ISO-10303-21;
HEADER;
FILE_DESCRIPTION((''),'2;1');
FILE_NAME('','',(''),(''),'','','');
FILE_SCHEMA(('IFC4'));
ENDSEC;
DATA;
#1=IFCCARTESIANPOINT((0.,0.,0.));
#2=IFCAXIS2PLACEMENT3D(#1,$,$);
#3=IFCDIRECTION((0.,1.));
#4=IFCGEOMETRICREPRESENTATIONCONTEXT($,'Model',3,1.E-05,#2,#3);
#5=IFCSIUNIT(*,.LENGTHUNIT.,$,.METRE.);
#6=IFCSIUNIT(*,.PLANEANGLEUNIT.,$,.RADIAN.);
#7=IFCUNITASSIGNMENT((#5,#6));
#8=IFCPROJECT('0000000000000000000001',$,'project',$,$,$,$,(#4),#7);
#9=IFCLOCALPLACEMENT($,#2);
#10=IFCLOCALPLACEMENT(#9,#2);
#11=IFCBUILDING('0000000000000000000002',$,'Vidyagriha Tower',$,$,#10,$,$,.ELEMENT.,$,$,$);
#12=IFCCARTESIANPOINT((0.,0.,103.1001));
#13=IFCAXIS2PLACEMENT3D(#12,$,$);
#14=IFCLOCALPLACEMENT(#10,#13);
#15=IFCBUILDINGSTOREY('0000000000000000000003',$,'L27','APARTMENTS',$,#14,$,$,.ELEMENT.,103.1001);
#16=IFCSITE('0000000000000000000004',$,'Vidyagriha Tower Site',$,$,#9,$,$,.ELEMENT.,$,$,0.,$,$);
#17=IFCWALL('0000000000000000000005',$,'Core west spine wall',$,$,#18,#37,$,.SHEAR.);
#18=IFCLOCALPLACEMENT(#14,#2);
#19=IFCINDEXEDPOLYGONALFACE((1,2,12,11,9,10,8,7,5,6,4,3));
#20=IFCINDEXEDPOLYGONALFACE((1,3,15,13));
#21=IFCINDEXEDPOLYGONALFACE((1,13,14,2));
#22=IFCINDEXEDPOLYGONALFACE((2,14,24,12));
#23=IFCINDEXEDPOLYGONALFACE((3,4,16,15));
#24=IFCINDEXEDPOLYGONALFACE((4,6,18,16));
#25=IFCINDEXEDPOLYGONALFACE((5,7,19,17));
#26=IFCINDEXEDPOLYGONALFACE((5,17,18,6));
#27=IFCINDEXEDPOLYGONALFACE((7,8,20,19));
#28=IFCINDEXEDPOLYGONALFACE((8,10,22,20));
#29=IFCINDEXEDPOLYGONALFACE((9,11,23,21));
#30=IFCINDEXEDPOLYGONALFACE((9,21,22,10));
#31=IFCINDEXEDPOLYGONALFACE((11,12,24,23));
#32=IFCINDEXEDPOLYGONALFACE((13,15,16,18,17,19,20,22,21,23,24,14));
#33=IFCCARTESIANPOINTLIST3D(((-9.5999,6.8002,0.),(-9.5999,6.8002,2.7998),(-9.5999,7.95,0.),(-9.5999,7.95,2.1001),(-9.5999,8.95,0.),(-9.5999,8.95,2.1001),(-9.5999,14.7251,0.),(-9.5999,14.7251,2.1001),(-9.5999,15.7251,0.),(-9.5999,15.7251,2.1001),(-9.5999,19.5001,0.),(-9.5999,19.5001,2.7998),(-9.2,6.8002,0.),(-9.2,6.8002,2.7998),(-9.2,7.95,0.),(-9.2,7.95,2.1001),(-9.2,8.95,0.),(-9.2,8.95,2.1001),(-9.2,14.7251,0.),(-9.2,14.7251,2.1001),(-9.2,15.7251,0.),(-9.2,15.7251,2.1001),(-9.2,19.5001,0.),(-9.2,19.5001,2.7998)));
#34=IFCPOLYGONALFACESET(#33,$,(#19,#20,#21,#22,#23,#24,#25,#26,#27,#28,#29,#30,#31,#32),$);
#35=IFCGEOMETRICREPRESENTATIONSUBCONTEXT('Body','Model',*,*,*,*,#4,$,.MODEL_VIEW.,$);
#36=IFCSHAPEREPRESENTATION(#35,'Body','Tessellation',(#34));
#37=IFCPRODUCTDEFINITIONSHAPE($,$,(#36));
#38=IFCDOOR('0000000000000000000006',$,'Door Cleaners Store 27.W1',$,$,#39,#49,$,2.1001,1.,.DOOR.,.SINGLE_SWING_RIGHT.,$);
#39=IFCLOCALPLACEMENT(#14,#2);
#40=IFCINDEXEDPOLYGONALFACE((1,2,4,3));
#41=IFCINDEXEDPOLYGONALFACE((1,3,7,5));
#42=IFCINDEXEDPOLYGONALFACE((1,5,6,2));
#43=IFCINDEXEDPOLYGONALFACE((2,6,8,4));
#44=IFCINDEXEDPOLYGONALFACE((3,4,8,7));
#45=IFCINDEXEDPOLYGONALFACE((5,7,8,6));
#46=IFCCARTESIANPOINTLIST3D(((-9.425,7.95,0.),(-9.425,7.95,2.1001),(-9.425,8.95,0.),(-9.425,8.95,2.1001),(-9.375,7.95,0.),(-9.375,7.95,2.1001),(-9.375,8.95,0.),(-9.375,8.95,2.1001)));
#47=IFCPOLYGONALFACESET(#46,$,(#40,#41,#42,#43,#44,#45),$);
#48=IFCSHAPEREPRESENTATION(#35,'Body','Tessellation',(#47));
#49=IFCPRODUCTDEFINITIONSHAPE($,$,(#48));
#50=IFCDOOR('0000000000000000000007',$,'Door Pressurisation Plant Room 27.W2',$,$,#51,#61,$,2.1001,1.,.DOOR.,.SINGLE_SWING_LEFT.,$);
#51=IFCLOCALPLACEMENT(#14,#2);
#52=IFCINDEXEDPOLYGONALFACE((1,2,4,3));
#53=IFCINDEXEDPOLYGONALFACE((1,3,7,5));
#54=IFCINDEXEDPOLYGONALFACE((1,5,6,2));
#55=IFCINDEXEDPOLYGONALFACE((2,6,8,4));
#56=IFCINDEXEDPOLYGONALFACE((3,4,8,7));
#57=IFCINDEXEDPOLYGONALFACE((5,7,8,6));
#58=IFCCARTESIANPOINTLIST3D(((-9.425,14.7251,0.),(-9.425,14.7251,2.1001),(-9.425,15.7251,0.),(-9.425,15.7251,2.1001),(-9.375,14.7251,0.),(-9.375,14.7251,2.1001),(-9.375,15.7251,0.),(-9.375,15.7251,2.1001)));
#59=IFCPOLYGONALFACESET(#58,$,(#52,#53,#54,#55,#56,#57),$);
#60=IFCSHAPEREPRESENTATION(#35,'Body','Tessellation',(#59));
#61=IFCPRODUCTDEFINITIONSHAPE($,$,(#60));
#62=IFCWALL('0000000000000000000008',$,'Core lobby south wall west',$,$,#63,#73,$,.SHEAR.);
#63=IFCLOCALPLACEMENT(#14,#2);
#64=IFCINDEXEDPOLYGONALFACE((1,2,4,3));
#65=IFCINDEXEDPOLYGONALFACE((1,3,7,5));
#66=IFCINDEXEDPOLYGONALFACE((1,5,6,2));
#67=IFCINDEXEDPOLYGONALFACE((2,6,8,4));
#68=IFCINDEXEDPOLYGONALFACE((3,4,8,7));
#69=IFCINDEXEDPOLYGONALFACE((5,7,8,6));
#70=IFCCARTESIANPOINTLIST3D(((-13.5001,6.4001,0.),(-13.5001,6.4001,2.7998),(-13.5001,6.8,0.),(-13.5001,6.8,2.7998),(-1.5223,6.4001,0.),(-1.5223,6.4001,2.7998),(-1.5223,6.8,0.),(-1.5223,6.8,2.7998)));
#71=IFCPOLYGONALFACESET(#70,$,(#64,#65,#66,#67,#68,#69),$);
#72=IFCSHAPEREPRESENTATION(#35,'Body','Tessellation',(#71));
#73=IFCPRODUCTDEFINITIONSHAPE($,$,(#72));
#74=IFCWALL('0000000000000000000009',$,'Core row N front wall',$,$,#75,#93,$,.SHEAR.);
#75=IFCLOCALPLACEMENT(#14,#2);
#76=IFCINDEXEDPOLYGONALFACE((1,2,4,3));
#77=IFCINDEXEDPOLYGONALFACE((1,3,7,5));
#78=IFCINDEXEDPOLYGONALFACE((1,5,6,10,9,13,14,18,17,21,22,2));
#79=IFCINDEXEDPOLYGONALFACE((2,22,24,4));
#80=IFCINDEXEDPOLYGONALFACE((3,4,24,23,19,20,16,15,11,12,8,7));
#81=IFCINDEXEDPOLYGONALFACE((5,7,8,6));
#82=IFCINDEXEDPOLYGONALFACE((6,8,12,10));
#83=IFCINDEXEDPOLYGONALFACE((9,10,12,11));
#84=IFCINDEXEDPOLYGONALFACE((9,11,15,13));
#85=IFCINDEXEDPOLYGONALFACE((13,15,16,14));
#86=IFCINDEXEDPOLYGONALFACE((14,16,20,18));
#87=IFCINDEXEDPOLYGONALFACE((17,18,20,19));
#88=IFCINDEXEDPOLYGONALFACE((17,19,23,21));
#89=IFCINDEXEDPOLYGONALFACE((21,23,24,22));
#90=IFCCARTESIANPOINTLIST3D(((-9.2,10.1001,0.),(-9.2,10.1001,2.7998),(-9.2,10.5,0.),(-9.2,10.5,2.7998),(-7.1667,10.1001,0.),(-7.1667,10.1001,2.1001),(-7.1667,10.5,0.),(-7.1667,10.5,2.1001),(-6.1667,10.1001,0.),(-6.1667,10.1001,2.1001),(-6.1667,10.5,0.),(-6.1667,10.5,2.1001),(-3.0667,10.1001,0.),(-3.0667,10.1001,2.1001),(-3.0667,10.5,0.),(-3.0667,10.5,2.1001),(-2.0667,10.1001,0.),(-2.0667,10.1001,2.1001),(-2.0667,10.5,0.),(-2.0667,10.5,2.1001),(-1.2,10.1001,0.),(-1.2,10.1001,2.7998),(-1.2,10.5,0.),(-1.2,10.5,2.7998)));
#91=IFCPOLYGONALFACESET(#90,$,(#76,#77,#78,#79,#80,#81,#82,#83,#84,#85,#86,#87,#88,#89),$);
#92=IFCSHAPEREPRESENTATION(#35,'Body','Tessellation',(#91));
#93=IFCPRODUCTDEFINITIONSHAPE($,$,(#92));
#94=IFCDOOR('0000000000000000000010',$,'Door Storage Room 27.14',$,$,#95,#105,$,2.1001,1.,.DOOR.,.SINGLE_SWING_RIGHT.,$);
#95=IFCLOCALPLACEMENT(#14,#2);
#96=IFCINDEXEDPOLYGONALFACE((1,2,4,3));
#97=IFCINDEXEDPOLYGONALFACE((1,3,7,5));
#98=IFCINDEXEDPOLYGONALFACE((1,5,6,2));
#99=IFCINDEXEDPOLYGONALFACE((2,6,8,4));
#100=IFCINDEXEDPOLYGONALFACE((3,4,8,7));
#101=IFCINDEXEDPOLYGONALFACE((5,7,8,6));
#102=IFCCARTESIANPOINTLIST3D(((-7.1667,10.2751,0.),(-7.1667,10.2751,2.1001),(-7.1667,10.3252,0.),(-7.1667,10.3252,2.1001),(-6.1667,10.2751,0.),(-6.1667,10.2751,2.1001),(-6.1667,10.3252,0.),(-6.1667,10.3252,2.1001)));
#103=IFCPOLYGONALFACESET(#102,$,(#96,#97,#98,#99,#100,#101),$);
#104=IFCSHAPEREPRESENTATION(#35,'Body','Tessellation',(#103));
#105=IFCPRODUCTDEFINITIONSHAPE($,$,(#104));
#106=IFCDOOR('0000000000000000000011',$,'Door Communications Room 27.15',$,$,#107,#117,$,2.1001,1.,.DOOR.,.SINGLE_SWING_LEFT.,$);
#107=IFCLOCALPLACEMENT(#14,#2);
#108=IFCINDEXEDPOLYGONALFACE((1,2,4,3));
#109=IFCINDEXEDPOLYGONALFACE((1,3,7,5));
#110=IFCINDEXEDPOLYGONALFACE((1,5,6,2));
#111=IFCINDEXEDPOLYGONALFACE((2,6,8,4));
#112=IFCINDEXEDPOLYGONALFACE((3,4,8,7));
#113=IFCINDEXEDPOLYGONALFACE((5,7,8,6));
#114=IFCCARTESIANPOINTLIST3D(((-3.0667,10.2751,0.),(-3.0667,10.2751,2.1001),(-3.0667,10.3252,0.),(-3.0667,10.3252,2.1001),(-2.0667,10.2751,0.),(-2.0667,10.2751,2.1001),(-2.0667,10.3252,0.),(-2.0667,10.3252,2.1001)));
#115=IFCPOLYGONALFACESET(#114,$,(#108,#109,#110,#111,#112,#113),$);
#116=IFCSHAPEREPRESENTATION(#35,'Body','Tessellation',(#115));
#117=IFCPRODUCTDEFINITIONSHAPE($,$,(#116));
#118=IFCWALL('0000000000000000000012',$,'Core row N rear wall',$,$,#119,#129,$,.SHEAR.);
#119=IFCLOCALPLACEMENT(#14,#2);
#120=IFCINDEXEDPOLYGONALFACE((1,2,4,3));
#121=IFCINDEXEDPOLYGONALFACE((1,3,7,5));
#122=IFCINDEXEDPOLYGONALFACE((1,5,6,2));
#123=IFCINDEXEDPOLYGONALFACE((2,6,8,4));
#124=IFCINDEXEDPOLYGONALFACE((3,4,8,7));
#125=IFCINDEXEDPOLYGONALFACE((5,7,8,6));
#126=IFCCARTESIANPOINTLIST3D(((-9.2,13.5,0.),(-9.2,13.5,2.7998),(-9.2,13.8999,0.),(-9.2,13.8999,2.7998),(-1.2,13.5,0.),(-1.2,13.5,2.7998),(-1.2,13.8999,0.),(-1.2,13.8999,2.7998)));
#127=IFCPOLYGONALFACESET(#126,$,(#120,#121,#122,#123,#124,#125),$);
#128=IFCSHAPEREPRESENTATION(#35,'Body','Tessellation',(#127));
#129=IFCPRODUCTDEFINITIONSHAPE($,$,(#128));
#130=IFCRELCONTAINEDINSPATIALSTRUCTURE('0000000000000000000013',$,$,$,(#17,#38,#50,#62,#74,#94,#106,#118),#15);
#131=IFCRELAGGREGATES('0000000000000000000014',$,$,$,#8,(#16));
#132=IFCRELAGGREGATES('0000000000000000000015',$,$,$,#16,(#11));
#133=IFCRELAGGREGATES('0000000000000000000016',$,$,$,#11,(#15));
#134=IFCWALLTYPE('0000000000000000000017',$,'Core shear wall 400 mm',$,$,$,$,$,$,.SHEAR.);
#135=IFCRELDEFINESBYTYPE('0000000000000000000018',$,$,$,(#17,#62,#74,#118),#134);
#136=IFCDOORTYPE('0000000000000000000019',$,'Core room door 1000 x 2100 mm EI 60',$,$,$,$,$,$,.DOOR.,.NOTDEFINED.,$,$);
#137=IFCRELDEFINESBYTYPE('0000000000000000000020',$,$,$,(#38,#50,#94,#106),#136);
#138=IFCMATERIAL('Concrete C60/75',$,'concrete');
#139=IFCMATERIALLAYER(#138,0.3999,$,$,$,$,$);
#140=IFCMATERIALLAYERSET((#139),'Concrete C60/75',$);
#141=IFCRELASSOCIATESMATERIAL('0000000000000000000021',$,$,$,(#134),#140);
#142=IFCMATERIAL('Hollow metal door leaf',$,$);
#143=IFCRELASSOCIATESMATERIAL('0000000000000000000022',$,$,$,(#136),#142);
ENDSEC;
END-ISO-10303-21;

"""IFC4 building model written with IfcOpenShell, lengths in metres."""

from ifc_helpers import new_model, si_unit, direction, frame, frame_2d, origin, place, context, subcontext, project, spatial, rectangle, extrude, material, layer, layer_set, type_object, element, fill, save


model = new_model("IFC4")

# Units and contexts
model_context = context("Model", 3, precision=1e-05, world=origin(), true_north=direction((0.0, 1.0)))
body_context = subcontext(model_context, "Body", "Model", "MODEL_VIEW")
ifc_project = project(units=[si_unit("LENGTHUNIT", "METRE"), si_unit("PLANEANGLEUNIT", "RADIAN")], contexts=[model_context])

# Site, building, storey
site_placement = place(None, origin())
site = spatial("IfcSite", under=ifc_project, at=site_placement, Name="Vidyagriha Tower Site", CompositionType="ELEMENT", RefElevation=0.0)
building_placement = place(site_placement, origin())
building = spatial("IfcBuilding", under=site, at=building_placement, Name="Vidyagriha Tower", CompositionType="ELEMENT")
storey_placement = place(building_placement, frame((0.0, 0.0, 103.1001)))
storey = spatial("IfcBuildingStorey", under=building, at=storey_placement, Name="L27", Description="APARTMENTS", CompositionType="ELEMENT", Elevation=103.1001)

# Wall, openings, doors
ifc_material_1 = material(Name="Concrete C60/75", Category="concrete")
ifc_layer_1 = layer(ifc_material_1, 0.3999)
ifc_layer_set_1 = layer_set([ifc_layer_1], Name="Concrete C60/75")
wall_type_1 = type_object("IfcWallType", Name="Core shear wall 400 mm", PredefinedType="SHEAR", material=ifc_layer_set_1)
wall_1_placement = place(storey_placement, frame((-9.3999, 6.8, 0.0), z_axis=(0.0, 0.0, 1.0), x_axis=(0.0, 1.0, 0.0)))
wall_1 = element("IfcWall", 1, at=wall_1_placement, inside=storey, type_object=wall_type_1, Name="Core west spine wall", PredefinedType="SHEAR", context=body_context, shape_type="SweptSolid", body=[
    extrude(rectangle(XDim=12.7, YDim=0.3999, at=frame_2d((6.3501, 0.0))), origin(), (0.0, 0.0, 1.0), 2.7998),
])
opening_1_placement = place(wall_1_placement, frame((1.1499, 0.0, 0.0)))
opening_1 = element("IfcOpeningElement", 2, at=opening_1_placement, cuts=wall_1, PredefinedType="OPENING", context=body_context, shape_type="SweptSolid", body=[
    extrude(rectangle(XDim=1.0, YDim=2.1001, at=frame_2d((0.5, 1.05))), frame((0.0, 0.21, 0.0), z_axis=(0.0, -1.0, 0.0), x_axis=(1.0, 0.0, 0.0)), (0.0, 0.0, 1.0), 0.4199),
])
opening_2_placement = place(wall_1_placement, frame((7.925, 0.0, 0.0)))
opening_2 = element("IfcOpeningElement", 3, at=opening_2_placement, cuts=wall_1, PredefinedType="OPENING", context=body_context, shape_type="SweptSolid", body=[
    extrude(rectangle(XDim=1.0, YDim=2.1001, at=frame_2d((0.5, 1.05))), frame((0.0, 0.21, 0.0), z_axis=(0.0, -1.0, 0.0), x_axis=(1.0, 0.0, 0.0)), (0.0, 0.0, 1.0), 0.4199),
])
ifc_material_2 = material(Name="Hollow metal door leaf")
door_type_1 = type_object("IfcDoorType", Name="Core room door 1000 x 2100 mm EI 60", OperationType="NOTDEFINED", PredefinedType="DOOR", material=ifc_material_2)
door_1_placement = place(opening_1_placement, frame((1.0, 0.0, 0.0), z_axis=(0.0, 0.0, 1.0), x_axis=(-1.0, 0.0, 0.0)))
door_1 = element("IfcDoor", 4, at=door_1_placement, inside=storey, type_object=door_type_1, Name="Door Cleaners Store 27.W1", OperationType="SINGLE_SWING_RIGHT", OverallHeight=2.1001, OverallWidth=1.0, PredefinedType="DOOR", context=body_context, shape_type="SweptSolid", body=[
    extrude(rectangle(XDim=1.0, YDim=2.1001, at=frame_2d((0.5, 1.05))), frame((0.0, 0.0249, 0.0), z_axis=(0.0, -1.0, 0.0), x_axis=(1.0, 0.0, 0.0)), (0.0, 0.0, 1.0), 0.05),
])
fill(opening_1, door_1)
door_2_placement = place(opening_2_placement, frame((1.0, 0.0, 0.0), z_axis=(0.0, 0.0, 1.0), x_axis=(-1.0, 0.0, 0.0)))
door_2 = element("IfcDoor", 5, at=door_2_placement, inside=storey, type_object=door_type_1, Name="Door Pressurisation Plant Room 27.W2", OperationType="SINGLE_SWING_LEFT", OverallHeight=2.1001, OverallWidth=1.0, PredefinedType="DOOR", context=body_context, shape_type="SweptSolid", body=[
    extrude(rectangle(XDim=1.0, YDim=2.1001, at=frame_2d((0.5, 1.05))), frame((0.0, 0.0249, 0.0), z_axis=(0.0, -1.0, 0.0), x_axis=(1.0, 0.0, 0.0)), (0.0, 0.0, 1.0), 0.05),
])
fill(opening_2, door_2)

# Wall
wall_2_placement = place(storey_placement, frame((-13.5, 6.6001, 0.0)))
element("IfcWall", 6, at=wall_2_placement, inside=storey, type_object=wall_type_1, Name="Core lobby south wall west", PredefinedType="SHEAR", context=body_context, shape_type="SweptSolid", body=[
    extrude(rectangle(XDim=11.9778, YDim=0.3999, at=frame_2d((5.9888, 0.0))), origin(), (0.0, 0.0, 1.0), 2.7998),
])

# Wall, openings, doors
wall_3_placement = place(storey_placement, frame((-9.2, 10.3, 0.0)))
wall_3 = element("IfcWall", 7, at=wall_3_placement, inside=storey, type_object=wall_type_1, Name="Core row N front wall", PredefinedType="SHEAR", context=body_context, shape_type="SweptSolid", body=[
    extrude(rectangle(XDim=8.0, YDim=0.3999, at=frame_2d((4.0, 0.0))), origin(), (0.0, 0.0, 1.0), 2.7998),
])
opening_3_placement = place(wall_3_placement, frame((2.0332, 0.0, 0.0)))
opening_3 = element("IfcOpeningElement", 8, at=opening_3_placement, cuts=wall_3, PredefinedType="OPENING", context=body_context, shape_type="SweptSolid", body=[
    extrude(rectangle(XDim=1.0, YDim=2.1001, at=frame_2d((0.5, 1.05))), frame((0.0, 0.21, 0.0), z_axis=(0.0, -1.0, 0.0), x_axis=(1.0, 0.0, 0.0)), (0.0, 0.0, 1.0), 0.4199),
])
opening_4_placement = place(wall_3_placement, frame((6.1333, 0.0, 0.0)))
opening_4 = element("IfcOpeningElement", 9, at=opening_4_placement, cuts=wall_3, PredefinedType="OPENING", context=body_context, shape_type="SweptSolid", body=[
    extrude(rectangle(XDim=1.0, YDim=2.1001, at=frame_2d((0.5, 1.05))), frame((0.0, 0.21, 0.0), z_axis=(0.0, -1.0, 0.0), x_axis=(1.0, 0.0, 0.0)), (0.0, 0.0, 1.0), 0.4199),
])
door_3_placement = place(opening_3_placement, frame((1.0, 0.0, 0.0), z_axis=(0.0, 0.0, 1.0), x_axis=(-1.0, 0.0, 0.0)))
door_3 = element("IfcDoor", 10, at=door_3_placement, inside=storey, type_object=door_type_1, Name="Door Storage Room 27.14", OperationType="SINGLE_SWING_RIGHT", OverallHeight=2.1001, OverallWidth=1.0, PredefinedType="DOOR", context=body_context, shape_type="SweptSolid", body=[
    extrude(rectangle(XDim=1.0, YDim=2.1001, at=frame_2d((0.5, 1.05))), frame((0.0, 0.0249, 0.0), z_axis=(0.0, -1.0, 0.0), x_axis=(1.0, 0.0, 0.0)), (0.0, 0.0, 1.0), 0.05),
])
fill(opening_3, door_3)
door_4_placement = place(opening_4_placement, frame((1.0, 0.0, 0.0), z_axis=(0.0, 0.0, 1.0), x_axis=(-1.0, 0.0, 0.0)))
door_4 = element("IfcDoor", 11, at=door_4_placement, inside=storey, type_object=door_type_1, Name="Door Communications Room 27.15", OperationType="SINGLE_SWING_LEFT", OverallHeight=2.1001, OverallWidth=1.0, PredefinedType="DOOR", context=body_context, shape_type="SweptSolid", body=[
    extrude(rectangle(XDim=1.0, YDim=2.1001, at=frame_2d((0.5, 1.05))), frame((0.0, 0.0249, 0.0), z_axis=(0.0, -1.0, 0.0), x_axis=(1.0, 0.0, 0.0)), (0.0, 0.0, 1.0), 0.05),
])
fill(opening_4, door_4)

# Wall
wall_4_placement = place(storey_placement, frame((-9.2, 13.7, 0.0)))
element("IfcWall", 12, at=wall_4_placement, inside=storey, type_object=wall_type_1, Name="Core row N rear wall", PredefinedType="SHEAR", context=body_context, shape_type="SweptSolid", body=[
    extrude(rectangle(XDim=8.0, YDim=0.3999, at=frame_2d((4.0, 0.0))), origin(), (0.0, 0.0, 1.0), 2.7998),
])

save(model, "model.ifc")
